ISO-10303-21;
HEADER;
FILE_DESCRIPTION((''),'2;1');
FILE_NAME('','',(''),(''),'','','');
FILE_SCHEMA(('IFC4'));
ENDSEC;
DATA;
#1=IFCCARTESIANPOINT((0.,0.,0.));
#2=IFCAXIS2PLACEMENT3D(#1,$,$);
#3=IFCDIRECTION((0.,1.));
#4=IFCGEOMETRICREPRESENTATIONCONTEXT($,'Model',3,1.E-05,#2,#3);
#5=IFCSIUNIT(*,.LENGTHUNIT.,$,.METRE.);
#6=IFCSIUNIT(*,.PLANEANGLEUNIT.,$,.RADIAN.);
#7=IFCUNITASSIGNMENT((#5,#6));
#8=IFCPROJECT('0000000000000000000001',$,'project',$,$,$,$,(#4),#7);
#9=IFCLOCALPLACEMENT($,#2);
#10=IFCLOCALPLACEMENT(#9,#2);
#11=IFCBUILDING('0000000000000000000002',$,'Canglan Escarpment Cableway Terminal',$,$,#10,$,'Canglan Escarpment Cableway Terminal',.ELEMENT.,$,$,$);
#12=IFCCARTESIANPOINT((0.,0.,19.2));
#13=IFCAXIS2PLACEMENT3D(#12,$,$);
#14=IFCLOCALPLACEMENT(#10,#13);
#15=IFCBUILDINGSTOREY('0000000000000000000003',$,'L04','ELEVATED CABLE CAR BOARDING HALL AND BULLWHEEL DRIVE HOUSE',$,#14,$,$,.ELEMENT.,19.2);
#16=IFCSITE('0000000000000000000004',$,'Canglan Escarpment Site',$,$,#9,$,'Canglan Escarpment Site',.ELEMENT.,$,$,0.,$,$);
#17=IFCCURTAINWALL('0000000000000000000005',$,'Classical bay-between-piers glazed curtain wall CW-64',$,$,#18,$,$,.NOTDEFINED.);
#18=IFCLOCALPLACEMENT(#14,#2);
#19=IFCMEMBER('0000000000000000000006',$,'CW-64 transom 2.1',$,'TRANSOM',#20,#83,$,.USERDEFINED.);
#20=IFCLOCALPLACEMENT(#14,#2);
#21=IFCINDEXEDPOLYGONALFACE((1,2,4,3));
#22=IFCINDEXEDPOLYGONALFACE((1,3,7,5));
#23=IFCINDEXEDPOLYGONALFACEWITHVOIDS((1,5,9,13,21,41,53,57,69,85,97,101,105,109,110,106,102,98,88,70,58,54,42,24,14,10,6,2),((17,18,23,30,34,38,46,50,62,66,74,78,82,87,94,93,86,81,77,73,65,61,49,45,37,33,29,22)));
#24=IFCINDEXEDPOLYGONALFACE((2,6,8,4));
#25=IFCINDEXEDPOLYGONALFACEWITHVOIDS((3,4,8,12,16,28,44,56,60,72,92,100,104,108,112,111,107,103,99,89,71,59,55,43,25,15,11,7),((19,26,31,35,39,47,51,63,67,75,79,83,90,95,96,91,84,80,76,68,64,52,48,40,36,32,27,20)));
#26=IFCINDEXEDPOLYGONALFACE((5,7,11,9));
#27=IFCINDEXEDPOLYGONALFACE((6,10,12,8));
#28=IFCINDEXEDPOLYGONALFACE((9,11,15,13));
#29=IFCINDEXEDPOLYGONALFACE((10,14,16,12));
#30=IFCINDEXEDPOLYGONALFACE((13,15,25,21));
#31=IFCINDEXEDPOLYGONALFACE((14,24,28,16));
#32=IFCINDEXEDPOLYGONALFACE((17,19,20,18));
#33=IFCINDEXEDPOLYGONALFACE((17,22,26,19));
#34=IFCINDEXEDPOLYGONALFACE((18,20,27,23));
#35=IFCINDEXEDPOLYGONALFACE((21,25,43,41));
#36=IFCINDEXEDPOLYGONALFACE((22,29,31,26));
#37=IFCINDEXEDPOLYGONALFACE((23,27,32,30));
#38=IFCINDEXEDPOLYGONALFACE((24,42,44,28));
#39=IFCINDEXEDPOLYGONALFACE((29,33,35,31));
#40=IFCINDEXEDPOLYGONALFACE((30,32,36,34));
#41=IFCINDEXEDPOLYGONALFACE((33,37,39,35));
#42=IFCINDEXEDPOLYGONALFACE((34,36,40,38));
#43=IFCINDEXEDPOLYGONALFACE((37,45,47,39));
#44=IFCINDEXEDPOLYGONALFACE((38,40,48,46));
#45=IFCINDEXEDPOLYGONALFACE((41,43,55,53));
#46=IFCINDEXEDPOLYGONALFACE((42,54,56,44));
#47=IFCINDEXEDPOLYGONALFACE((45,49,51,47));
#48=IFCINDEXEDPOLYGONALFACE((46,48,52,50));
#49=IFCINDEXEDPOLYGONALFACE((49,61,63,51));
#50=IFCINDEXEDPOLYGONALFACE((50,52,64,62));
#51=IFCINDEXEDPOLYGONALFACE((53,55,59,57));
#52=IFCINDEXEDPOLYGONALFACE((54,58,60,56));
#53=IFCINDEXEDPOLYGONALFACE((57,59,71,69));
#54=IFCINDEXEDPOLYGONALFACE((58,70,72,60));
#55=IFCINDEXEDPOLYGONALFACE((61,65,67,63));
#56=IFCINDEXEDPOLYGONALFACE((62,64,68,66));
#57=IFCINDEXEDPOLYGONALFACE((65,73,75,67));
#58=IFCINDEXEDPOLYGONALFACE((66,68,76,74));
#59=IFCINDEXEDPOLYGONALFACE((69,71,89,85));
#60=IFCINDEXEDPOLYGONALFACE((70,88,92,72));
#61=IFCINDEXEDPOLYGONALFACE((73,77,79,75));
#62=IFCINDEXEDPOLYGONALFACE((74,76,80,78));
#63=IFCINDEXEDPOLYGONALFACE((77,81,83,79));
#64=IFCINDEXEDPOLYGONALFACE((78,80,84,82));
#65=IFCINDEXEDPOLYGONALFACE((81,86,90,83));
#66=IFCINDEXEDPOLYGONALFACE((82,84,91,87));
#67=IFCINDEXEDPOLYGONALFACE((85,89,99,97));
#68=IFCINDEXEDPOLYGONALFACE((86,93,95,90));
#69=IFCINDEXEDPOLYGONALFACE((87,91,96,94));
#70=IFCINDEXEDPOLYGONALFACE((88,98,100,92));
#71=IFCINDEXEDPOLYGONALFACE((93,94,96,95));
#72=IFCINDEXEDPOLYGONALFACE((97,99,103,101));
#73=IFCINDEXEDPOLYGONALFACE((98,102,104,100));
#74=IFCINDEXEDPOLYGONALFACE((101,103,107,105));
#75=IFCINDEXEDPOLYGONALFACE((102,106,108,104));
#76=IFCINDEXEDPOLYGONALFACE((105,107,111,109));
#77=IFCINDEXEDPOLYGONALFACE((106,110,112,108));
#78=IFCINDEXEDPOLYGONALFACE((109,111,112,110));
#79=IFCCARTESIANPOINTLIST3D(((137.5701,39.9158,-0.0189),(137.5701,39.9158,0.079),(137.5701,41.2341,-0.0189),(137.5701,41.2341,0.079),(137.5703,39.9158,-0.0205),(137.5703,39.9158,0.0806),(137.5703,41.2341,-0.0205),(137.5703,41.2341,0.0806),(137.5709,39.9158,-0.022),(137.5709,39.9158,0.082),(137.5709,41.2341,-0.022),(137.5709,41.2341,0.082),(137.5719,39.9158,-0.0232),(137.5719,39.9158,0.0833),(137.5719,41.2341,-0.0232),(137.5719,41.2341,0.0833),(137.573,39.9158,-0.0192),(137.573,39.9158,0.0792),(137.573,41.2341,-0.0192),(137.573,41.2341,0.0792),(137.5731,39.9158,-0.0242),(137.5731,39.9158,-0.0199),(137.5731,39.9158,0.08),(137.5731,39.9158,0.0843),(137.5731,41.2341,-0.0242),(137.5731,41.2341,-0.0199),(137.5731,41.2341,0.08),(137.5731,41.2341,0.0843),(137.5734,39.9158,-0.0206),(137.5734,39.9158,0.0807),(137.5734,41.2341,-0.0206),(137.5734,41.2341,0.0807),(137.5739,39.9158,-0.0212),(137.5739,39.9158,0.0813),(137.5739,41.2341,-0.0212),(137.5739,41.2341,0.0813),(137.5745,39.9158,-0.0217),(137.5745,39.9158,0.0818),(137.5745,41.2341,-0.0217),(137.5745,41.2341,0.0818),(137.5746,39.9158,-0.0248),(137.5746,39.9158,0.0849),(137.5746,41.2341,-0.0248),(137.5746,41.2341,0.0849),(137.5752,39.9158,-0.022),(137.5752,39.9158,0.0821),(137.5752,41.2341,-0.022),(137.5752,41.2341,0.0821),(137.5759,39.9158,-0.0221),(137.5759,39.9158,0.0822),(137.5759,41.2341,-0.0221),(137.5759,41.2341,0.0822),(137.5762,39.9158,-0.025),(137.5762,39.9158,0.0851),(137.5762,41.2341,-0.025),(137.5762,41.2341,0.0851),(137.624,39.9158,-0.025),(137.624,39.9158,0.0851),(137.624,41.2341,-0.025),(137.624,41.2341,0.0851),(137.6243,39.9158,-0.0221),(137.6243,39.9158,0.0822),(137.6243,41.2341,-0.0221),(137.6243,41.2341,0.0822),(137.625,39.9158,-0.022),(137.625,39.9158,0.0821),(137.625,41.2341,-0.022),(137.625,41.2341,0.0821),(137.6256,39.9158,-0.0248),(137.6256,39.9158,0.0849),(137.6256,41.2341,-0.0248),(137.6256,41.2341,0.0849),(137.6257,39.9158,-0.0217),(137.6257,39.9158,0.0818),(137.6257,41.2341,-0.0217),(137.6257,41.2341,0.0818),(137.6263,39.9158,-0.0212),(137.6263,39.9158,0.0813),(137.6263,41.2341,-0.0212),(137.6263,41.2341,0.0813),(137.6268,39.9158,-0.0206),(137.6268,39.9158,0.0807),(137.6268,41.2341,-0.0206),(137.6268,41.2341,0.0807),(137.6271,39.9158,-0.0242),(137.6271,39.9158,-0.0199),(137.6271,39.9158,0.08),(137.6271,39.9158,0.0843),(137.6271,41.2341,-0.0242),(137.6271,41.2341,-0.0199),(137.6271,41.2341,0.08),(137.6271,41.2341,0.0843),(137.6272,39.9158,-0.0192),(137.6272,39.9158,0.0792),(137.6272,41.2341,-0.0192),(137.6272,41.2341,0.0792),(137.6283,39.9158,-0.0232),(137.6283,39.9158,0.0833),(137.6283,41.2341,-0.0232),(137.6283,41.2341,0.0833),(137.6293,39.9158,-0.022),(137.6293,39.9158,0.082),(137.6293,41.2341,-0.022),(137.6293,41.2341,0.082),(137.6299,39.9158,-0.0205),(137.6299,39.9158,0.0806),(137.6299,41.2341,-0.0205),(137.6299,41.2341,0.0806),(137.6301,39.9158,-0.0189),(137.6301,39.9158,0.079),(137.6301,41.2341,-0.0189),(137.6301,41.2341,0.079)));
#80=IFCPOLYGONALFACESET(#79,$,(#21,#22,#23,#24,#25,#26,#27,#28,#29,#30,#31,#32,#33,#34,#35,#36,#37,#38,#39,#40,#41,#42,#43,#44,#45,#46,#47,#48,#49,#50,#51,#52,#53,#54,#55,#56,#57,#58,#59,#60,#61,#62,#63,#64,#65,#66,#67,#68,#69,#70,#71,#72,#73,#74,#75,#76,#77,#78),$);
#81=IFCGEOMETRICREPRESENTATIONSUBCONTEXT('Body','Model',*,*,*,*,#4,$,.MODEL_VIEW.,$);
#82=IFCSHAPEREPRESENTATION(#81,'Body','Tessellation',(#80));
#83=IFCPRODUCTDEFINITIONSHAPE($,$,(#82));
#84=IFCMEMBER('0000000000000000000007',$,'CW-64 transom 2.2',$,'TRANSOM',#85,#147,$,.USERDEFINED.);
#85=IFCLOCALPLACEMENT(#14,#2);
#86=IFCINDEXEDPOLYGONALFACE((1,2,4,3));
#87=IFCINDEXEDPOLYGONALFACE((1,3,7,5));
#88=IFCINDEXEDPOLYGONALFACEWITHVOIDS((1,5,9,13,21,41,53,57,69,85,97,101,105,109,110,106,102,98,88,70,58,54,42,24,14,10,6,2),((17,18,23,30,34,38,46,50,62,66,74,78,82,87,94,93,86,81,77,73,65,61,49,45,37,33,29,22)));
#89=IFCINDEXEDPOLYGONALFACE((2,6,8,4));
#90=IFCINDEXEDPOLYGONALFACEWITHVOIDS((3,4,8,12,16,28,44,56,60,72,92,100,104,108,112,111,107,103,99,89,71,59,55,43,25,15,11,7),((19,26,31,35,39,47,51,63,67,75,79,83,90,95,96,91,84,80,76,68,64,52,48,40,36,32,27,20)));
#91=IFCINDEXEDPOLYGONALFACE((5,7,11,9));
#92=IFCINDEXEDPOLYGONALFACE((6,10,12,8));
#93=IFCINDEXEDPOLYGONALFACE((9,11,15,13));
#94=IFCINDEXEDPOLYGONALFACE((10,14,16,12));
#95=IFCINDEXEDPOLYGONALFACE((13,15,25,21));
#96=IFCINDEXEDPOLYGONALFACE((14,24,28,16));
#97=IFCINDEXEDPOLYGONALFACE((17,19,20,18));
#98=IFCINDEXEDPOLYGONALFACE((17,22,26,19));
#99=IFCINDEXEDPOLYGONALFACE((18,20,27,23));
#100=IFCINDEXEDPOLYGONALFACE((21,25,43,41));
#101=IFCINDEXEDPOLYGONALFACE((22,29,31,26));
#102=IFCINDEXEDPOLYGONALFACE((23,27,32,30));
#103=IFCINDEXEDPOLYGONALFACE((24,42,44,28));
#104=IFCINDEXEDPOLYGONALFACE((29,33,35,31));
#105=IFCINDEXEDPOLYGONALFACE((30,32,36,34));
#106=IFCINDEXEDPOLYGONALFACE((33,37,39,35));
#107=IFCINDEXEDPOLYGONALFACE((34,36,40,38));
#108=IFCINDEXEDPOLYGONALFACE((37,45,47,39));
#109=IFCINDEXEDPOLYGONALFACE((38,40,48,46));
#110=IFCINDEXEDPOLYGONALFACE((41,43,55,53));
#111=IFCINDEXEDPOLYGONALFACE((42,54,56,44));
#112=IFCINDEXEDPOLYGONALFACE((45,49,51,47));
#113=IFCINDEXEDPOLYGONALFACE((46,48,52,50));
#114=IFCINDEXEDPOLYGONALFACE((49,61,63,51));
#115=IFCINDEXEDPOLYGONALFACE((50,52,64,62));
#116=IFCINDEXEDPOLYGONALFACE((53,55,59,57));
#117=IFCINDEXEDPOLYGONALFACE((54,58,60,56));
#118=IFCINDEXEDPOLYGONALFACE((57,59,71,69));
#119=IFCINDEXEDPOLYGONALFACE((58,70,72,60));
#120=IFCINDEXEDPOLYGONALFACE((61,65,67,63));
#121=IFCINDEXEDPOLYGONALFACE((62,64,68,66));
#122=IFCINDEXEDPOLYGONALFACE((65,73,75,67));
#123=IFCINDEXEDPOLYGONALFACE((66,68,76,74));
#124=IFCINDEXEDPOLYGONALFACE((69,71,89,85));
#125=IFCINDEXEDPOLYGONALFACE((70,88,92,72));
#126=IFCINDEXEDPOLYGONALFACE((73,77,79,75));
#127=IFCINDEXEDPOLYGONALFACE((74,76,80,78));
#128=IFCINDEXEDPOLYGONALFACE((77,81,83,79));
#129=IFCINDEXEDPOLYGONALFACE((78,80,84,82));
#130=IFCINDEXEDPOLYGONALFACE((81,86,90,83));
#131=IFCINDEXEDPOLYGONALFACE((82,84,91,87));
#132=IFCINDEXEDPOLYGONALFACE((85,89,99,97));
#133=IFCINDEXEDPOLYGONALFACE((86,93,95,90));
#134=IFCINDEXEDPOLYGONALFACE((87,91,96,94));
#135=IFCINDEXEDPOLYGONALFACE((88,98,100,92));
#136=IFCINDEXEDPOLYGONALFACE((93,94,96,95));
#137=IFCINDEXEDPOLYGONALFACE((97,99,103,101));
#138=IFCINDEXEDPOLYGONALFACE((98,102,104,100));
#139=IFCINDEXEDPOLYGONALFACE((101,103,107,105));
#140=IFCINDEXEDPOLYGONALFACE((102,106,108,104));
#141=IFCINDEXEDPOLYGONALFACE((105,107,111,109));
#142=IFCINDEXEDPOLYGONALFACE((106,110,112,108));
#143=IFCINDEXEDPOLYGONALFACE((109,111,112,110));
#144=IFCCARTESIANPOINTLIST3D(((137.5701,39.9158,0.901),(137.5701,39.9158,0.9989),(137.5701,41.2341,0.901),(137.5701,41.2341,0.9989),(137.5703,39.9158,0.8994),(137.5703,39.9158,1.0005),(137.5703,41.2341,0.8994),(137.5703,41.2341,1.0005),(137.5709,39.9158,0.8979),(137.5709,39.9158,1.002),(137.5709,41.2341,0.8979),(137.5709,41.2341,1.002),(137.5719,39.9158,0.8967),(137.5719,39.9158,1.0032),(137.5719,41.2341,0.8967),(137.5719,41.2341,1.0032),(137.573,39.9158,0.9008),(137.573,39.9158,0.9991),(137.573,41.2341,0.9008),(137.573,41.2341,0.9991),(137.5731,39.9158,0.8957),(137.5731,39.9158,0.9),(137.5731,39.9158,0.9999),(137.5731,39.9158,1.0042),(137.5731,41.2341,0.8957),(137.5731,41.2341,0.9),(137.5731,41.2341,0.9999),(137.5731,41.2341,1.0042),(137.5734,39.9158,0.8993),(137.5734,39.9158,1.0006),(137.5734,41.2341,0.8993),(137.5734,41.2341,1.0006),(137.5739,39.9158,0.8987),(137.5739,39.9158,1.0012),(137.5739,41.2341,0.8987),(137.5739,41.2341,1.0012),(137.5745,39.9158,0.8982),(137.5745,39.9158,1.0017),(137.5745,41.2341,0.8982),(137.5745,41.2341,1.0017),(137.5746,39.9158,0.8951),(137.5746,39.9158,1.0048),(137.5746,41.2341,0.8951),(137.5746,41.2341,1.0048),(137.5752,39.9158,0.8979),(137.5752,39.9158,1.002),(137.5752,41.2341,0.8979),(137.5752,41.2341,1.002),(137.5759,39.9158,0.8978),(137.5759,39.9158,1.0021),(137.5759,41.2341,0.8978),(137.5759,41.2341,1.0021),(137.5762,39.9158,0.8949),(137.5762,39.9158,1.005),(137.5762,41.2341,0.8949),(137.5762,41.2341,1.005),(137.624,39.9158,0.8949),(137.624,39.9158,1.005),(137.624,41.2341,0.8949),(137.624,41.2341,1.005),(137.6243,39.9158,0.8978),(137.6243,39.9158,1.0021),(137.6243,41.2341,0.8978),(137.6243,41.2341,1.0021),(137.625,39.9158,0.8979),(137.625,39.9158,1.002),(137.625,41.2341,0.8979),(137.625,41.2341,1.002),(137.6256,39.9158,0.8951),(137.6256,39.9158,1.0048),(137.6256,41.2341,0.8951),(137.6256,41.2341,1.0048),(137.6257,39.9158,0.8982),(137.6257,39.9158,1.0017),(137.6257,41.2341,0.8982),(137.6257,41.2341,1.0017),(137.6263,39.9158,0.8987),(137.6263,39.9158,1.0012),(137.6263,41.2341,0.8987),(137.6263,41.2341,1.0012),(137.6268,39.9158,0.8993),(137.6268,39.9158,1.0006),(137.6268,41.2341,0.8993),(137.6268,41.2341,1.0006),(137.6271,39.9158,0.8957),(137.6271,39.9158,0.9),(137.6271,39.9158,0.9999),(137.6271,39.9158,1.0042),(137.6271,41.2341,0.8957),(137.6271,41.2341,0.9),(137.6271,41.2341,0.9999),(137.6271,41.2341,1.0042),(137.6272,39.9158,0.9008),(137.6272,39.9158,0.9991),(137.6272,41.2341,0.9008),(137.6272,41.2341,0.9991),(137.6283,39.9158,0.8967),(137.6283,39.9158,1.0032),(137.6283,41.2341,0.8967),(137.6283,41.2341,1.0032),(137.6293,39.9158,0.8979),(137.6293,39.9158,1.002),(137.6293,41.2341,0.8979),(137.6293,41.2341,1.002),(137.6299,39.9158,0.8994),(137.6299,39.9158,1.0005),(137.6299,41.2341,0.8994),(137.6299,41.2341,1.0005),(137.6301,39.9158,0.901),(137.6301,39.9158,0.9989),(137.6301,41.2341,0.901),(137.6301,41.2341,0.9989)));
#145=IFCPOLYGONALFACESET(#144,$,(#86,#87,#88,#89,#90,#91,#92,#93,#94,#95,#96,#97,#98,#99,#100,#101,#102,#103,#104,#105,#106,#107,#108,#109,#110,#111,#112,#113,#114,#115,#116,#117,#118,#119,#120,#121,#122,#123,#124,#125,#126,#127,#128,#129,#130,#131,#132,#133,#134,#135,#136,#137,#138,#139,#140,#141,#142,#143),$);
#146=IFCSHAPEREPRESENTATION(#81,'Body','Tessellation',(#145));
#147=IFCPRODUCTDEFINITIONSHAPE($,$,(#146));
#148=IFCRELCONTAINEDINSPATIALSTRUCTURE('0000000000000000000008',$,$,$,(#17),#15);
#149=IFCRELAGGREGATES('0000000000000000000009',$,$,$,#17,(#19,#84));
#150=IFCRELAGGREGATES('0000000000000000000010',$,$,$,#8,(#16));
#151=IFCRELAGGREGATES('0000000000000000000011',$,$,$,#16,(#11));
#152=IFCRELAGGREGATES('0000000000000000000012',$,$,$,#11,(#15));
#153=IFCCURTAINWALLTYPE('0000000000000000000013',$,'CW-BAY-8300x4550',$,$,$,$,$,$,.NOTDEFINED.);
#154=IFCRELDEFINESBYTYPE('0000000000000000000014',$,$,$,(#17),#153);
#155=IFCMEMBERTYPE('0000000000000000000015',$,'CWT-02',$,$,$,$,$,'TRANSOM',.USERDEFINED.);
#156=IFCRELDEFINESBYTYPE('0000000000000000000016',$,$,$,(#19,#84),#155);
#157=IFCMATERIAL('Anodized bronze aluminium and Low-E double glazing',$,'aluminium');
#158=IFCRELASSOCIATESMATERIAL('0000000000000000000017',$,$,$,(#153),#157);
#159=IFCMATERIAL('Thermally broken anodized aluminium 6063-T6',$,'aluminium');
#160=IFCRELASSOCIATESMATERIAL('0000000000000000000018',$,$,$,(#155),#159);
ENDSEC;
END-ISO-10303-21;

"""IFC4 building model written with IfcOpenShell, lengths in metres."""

from ifc_helpers import new_model, si_unit, direction, frame, origin, origin_2d, place, context, subcontext, project, spatial, hollow_rectangle, extrude, material, material_profile, profile_set, type_object, element, aggregate, save


model = new_model("IFC4")

# Units and contexts
model_context = context("Model", 3, precision=1e-05, world=origin(), true_north=direction((0.0, 1.0)))
body_context = subcontext(model_context, "Body", "Model", "MODEL_VIEW")
ifc_project = project(units=[si_unit("LENGTHUNIT", "METRE"), si_unit("PLANEANGLEUNIT", "RADIAN")], contexts=[model_context])

# Site, building, storey
site_placement = place(None, origin())
site = spatial("IfcSite", under=ifc_project, at=site_placement, Name="Canglan Escarpment Site", LongName="Canglan Escarpment Site", CompositionType="ELEMENT", RefElevation=0.0)
building_placement = place(site_placement, origin())
building = spatial("IfcBuilding", under=site, at=building_placement, Name="Canglan Escarpment Cableway Terminal", LongName="Canglan Escarpment Cableway Terminal", CompositionType="ELEMENT")
storey_placement = place(building_placement, frame((0.0, 0.0, 19.2)))
storey = spatial("IfcBuildingStorey", under=building, at=storey_placement, Name="L04", Description="ELEVATED CABLE CAR BOARDING HALL AND BULLWHEEL DRIVE HOUSE", CompositionType="ELEMENT", Elevation=19.2)

# Curtain wall, members
ifc_material_1 = material(Name="Anodized bronze aluminium and Low-E double glazing", Category="aluminium")
curtain_wall_type = type_object("IfcCurtainWallType", Name="CW-BAY-8300x4550", PredefinedType="NOTDEFINED", material=ifc_material_1)
curtain_wall_placement = place(storey_placement, origin())
curtain_wall = element("IfcCurtainWall", 1, at=curtain_wall_placement, inside=storey, type_object=curtain_wall_type, Name="Classical bay-between-piers glazed curtain wall CW-64", PredefinedType="NOTDEFINED")
ifc_material_2 = material(Name="Thermally broken anodized aluminium 6063-T6", Category="aluminium")
ifc_material_profile_1 = material_profile(ifc_material_2, hollow_rectangle(XDim=0.0601, YDim=0.1101, WallThickness=0.0029, InnerFilletRadius=0.0029, OuterFilletRadius=0.0061, at=origin_2d()), Name="ALU-TRAN 60x110x3")
ifc_profile_set_1 = profile_set([ifc_material_profile_1], Name="Thermally broken anodized aluminium 6063-T6")
member_type_1 = type_object("IfcMemberType", Name="CWT-02", ElementType="TRANSOM", PredefinedType="USERDEFINED", material=ifc_profile_set_1)
member_1_placement = place(storey_placement, frame((137.6001, 41.2341, 0.03), z_axis=(0.0, -1.0, 0.0), x_axis=(1.0, 0.0, 0.0)))
member_1 = element("IfcMember", 2, at=member_1_placement, type_object=member_type_1, Name="CW-64 transom 2.1", ObjectType="TRANSOM", PredefinedType="USERDEFINED", context=body_context, shape_type="SweptSolid", body=[
    extrude(hollow_rectangle(XDim=0.0601, YDim=0.1101, WallThickness=0.0029, InnerFilletRadius=0.0029, OuterFilletRadius=0.0061, at=origin_2d()), origin(), (0.0, 0.0, 1.0), 1.3184),
])
member_2_placement = place(storey_placement, frame((137.6001, 41.2341, 0.95), z_axis=(0.0, -1.0, 0.0), x_axis=(1.0, 0.0, 0.0)))
member_2 = element("IfcMember", 3, at=member_2_placement, type_object=member_type_1, Name="CW-64 transom 2.2", ObjectType="TRANSOM", PredefinedType="USERDEFINED", context=body_context, shape_type="SweptSolid", body=[
    extrude(hollow_rectangle(XDim=0.0601, YDim=0.1101, WallThickness=0.0029, InnerFilletRadius=0.0029, OuterFilletRadius=0.0061, at=origin_2d()), origin(), (0.0, 0.0, 1.0), 1.3184),
])
aggregate(curtain_wall, [member_1, member_2])

save(model, "model.ifc")
